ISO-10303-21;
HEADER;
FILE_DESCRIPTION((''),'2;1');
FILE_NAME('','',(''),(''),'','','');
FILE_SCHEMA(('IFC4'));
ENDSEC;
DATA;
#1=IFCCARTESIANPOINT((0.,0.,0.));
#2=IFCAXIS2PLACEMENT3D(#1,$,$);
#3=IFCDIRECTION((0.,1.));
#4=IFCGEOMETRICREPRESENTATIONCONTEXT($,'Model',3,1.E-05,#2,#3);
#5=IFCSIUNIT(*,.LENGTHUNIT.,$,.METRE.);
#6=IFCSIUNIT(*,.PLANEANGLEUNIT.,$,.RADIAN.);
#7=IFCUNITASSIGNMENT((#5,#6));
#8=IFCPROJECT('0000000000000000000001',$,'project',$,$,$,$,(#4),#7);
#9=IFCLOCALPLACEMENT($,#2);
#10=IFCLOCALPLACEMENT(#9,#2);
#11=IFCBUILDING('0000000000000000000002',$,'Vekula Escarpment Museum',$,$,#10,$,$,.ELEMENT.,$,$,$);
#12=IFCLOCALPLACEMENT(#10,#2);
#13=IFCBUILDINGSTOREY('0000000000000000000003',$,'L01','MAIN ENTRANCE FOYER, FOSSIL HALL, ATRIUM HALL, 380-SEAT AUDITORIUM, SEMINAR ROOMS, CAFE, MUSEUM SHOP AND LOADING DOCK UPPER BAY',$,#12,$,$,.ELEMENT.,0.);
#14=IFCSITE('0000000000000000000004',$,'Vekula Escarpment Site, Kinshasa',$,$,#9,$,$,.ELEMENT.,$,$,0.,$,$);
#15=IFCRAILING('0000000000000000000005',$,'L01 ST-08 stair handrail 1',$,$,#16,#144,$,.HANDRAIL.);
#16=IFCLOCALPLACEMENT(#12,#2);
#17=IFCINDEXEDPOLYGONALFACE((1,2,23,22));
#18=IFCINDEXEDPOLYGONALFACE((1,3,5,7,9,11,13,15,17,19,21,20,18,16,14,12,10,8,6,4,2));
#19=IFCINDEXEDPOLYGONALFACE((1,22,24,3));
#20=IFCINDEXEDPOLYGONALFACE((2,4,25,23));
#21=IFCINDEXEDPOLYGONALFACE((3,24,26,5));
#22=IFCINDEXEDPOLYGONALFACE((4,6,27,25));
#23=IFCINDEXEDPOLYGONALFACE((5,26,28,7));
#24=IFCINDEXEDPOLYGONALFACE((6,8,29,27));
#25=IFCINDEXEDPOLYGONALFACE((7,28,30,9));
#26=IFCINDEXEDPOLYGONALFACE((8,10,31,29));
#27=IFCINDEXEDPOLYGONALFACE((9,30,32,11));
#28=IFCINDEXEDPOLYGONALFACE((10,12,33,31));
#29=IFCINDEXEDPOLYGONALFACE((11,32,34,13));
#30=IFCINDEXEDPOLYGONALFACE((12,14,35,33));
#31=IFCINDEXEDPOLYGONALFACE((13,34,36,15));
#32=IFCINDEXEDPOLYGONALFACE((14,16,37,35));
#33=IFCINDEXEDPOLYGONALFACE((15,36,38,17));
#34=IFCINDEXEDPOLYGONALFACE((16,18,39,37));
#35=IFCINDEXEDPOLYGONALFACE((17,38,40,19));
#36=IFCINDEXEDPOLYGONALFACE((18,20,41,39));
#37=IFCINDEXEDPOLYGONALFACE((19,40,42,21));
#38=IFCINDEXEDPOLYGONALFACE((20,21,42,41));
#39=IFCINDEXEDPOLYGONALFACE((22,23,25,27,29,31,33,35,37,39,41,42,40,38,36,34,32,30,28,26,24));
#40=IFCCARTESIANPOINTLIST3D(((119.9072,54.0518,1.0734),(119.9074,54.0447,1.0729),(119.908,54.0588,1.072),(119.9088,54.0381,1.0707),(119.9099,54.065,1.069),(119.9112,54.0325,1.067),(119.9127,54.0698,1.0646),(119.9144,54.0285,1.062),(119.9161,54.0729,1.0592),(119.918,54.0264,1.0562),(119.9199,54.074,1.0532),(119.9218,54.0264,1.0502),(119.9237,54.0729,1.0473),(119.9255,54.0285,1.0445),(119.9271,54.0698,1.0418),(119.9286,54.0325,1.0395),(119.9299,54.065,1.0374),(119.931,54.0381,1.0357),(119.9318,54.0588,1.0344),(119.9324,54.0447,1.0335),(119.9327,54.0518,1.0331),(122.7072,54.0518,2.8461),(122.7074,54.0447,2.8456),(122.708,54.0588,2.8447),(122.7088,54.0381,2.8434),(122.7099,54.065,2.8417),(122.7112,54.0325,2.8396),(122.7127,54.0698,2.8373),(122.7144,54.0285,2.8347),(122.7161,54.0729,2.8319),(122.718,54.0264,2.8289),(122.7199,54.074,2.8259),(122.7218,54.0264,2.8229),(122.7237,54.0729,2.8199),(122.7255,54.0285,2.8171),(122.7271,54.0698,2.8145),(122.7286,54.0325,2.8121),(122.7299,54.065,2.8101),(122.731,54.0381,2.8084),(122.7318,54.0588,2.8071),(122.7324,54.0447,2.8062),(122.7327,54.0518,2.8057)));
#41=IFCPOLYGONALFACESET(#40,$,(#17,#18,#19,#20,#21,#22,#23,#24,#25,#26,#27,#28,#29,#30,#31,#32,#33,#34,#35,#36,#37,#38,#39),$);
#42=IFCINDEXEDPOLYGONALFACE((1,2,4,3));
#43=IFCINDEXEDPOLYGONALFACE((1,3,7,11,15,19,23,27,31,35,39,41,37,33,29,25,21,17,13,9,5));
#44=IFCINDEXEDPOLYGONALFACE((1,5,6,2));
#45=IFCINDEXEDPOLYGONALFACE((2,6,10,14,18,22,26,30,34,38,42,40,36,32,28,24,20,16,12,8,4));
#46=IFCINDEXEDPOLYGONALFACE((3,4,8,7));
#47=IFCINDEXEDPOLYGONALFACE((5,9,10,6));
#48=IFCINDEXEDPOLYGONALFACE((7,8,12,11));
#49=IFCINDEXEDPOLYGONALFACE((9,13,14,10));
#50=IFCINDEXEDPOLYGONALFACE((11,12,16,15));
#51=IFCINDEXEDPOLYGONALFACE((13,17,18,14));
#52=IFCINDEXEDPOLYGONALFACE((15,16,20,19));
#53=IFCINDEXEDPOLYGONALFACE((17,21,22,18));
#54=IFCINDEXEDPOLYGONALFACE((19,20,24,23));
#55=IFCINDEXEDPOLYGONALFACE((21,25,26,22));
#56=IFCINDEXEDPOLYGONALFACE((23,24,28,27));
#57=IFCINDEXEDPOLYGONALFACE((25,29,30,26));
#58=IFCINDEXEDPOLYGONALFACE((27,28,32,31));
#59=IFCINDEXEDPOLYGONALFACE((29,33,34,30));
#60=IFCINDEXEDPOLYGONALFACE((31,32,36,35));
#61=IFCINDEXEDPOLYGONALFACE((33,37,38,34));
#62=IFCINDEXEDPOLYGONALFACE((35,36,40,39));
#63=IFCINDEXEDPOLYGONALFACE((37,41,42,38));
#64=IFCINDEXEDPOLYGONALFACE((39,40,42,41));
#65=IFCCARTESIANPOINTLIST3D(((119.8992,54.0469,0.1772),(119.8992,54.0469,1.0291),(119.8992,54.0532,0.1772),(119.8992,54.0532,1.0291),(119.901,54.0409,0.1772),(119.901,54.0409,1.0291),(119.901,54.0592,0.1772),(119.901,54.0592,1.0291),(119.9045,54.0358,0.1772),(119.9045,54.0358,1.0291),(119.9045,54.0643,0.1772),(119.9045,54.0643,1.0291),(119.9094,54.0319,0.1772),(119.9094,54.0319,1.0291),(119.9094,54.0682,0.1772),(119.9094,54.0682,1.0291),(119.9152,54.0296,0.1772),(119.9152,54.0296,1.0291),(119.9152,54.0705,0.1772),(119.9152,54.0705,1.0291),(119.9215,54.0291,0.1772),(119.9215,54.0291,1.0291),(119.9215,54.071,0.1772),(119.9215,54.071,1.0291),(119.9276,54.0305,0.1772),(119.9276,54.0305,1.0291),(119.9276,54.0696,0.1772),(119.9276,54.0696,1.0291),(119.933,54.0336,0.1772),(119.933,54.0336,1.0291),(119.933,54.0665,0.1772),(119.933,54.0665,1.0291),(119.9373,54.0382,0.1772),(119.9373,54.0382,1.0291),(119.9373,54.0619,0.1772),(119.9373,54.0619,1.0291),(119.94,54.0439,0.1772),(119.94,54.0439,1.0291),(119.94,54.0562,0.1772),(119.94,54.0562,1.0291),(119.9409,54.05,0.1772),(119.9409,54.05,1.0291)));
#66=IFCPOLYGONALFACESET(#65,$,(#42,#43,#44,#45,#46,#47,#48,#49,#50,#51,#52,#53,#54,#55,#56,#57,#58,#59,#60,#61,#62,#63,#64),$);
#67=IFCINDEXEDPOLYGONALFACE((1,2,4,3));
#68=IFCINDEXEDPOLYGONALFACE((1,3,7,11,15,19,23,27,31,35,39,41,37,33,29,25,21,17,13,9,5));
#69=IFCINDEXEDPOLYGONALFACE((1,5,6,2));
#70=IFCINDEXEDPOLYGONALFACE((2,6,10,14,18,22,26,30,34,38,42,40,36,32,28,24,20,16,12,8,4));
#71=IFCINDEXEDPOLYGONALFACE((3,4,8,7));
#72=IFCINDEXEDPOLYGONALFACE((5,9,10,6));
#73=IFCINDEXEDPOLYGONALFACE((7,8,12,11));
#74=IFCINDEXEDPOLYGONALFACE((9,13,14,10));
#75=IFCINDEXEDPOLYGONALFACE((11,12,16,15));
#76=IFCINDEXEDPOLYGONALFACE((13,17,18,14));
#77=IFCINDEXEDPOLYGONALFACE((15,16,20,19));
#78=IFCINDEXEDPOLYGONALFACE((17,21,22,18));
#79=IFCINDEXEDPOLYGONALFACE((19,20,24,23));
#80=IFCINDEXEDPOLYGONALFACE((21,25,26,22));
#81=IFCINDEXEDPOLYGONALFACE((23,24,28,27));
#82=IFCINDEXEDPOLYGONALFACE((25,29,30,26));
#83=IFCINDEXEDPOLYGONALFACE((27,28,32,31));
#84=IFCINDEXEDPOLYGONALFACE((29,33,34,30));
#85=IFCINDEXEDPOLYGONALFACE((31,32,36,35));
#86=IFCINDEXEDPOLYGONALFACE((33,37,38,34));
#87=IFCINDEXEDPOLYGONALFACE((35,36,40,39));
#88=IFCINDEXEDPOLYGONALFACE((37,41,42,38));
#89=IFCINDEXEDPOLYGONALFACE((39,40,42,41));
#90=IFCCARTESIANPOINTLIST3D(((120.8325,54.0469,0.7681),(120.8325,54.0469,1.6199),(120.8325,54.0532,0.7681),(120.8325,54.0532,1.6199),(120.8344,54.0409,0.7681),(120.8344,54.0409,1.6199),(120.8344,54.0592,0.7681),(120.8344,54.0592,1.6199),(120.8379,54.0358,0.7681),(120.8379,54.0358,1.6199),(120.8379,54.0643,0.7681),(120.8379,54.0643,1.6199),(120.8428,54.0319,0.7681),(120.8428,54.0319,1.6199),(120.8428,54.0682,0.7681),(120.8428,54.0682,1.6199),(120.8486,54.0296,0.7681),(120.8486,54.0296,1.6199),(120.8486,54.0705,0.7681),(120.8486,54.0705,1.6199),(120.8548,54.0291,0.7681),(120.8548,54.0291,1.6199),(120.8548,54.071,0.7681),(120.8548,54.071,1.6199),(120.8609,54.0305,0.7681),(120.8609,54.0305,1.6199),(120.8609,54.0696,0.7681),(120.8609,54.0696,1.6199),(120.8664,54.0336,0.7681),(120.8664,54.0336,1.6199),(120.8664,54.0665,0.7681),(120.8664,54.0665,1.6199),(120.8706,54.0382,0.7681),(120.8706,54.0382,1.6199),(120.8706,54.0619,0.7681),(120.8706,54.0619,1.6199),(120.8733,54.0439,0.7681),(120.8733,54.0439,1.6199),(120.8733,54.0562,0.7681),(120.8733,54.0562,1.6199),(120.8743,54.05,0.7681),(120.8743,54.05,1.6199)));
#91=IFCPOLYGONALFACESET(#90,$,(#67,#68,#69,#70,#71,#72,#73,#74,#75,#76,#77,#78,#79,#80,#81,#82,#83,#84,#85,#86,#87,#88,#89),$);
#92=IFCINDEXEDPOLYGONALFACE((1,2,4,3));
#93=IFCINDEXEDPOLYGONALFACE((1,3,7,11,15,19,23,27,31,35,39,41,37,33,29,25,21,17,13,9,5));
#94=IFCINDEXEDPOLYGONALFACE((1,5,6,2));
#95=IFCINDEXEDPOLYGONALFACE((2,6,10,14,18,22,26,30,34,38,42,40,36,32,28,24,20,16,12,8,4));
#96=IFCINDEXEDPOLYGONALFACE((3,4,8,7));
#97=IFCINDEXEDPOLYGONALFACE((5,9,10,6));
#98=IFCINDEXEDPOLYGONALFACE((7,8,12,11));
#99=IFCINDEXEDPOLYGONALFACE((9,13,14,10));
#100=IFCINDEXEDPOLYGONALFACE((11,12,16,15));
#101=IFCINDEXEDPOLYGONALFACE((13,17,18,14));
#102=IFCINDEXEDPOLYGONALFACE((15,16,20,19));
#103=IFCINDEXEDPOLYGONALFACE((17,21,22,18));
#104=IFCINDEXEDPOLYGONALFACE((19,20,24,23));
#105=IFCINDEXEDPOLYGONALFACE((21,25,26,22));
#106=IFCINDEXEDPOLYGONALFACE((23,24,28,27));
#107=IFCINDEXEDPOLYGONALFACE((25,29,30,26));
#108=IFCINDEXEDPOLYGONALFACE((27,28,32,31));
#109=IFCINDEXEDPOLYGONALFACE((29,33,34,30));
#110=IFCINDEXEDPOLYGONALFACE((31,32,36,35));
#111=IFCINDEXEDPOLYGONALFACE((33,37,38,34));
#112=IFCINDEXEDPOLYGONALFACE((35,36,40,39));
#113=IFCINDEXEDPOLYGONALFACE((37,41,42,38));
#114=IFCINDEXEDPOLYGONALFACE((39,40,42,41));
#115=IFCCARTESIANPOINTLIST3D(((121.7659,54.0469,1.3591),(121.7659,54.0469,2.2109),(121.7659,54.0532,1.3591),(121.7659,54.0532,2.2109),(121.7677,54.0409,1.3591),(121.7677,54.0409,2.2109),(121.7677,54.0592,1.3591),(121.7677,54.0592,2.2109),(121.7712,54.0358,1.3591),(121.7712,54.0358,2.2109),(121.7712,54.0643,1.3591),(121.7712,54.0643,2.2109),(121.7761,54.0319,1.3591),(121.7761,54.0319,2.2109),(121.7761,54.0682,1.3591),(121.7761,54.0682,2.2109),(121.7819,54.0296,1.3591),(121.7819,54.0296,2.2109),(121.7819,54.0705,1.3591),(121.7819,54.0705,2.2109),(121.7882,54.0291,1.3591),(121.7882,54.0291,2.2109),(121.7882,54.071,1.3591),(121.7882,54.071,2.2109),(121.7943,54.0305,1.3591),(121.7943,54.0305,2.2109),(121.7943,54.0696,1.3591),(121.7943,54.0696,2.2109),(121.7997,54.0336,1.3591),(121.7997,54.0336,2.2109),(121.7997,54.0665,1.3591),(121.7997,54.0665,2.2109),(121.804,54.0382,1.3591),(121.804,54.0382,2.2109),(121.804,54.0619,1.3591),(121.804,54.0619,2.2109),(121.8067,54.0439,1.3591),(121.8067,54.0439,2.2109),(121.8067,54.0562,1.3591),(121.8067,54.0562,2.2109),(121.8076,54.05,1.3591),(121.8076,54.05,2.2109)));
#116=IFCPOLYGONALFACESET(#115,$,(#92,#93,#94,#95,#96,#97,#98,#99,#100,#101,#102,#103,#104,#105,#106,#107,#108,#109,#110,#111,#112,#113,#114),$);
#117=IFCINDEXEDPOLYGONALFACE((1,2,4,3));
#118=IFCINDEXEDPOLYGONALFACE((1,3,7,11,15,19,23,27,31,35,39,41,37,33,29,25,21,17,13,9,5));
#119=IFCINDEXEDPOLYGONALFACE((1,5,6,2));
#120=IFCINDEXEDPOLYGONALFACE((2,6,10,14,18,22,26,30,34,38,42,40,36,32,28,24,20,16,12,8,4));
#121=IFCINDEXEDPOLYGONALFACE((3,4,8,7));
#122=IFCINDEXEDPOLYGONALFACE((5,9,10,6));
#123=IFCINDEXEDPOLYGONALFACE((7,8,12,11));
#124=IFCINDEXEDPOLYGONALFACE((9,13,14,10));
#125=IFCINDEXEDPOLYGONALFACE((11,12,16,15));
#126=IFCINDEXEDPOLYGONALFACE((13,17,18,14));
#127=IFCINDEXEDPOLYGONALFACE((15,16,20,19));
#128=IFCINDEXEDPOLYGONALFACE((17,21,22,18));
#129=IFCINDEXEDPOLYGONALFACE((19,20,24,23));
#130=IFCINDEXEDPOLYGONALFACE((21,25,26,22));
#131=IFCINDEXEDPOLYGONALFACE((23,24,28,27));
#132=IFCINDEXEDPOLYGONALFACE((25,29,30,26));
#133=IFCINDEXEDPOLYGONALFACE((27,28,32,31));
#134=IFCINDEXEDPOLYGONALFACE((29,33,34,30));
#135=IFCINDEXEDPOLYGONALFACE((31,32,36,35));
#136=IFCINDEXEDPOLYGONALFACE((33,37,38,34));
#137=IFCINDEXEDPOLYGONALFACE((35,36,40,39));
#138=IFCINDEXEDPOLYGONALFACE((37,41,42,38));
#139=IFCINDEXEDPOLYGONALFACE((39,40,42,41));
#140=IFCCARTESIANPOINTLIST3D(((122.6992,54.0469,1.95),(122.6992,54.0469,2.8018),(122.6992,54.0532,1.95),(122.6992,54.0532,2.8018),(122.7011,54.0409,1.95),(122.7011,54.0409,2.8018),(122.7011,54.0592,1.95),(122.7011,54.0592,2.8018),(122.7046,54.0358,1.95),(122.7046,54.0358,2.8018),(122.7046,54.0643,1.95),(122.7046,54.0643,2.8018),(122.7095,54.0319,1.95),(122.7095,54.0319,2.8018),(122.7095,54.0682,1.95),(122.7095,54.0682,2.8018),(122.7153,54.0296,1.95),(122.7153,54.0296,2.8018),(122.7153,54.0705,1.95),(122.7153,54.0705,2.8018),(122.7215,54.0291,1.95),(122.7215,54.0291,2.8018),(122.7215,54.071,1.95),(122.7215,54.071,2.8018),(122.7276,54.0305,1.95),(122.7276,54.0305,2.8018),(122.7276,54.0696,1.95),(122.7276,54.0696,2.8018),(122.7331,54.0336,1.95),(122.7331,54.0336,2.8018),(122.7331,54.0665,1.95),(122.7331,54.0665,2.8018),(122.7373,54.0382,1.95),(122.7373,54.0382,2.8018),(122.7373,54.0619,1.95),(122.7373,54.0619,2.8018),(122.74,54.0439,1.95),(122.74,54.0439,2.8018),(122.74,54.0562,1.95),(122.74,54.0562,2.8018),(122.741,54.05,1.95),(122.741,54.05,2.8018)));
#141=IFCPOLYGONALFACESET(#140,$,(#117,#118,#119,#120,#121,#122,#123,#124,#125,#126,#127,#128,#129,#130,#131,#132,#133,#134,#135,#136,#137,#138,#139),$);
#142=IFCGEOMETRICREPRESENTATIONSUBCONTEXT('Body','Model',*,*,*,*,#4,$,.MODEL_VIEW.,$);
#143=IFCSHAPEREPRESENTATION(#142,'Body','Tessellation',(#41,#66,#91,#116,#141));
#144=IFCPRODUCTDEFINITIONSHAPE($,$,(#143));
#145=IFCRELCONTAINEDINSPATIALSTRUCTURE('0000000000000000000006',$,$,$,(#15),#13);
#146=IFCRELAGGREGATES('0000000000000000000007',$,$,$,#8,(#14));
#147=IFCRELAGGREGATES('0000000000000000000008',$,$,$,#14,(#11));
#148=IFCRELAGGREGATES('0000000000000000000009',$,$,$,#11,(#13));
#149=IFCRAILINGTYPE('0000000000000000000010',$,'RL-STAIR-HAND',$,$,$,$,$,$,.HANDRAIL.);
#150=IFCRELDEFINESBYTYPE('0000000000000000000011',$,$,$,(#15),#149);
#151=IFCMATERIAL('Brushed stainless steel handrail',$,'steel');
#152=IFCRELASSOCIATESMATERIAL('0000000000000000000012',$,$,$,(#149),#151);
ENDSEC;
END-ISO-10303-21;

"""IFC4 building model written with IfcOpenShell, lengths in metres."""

from ifc_helpers import new_model, si_unit, direction, frame, origin, origin_2d, place, context, subcontext, project, spatial, circle, extrude, material, type_object, element, save


model = new_model("IFC4")

# Units and contexts
model_context = context("Model", 3, precision=1e-05, world=origin(), true_north=direction((0.0, 1.0)))
body_context = subcontext(model_context, "Body", "Model", "MODEL_VIEW")
ifc_project = project(units=[si_unit("LENGTHUNIT", "METRE"), si_unit("PLANEANGLEUNIT", "RADIAN")], contexts=[model_context])

# Site, building, storey
site_placement = place(None, origin())
site = spatial("IfcSite", under=ifc_project, at=site_placement, Name="Vekula Escarpment Site, Kinshasa", CompositionType="ELEMENT", RefElevation=0.0)
building_placement = place(site_placement, origin())
building = spatial("IfcBuilding", under=site, at=building_placement, Name="Vekula Escarpment Museum", CompositionType="ELEMENT")
storey_placement = place(building_placement, origin())
storey = spatial("IfcBuildingStorey", under=building, at=storey_placement, Name="L01", Description="MAIN ENTRANCE FOYER, FOSSIL HALL, ATRIUM HALL, 380-SEAT AUDITORIUM, SEMINAR ROOMS, CAFE, MUSEUM SHOP AND LOADING DOCK UPPER BAY", CompositionType="ELEMENT", Elevation=0.0)

# Railing
ifc_material_1 = material(Name="Brushed stainless steel handrail", Category="steel")
railing_type_1 = type_object("IfcRailingType", Name="RL-STAIR-HAND", PredefinedType="HANDRAIL", material=ifc_material_1)
for number, where, name in (
    (1, (119.9199, 54.05, 0.1772), "L01 ST-08 stair handrail 1"),
):
    element("IfcRailing", number, at=place(storey_placement, frame(where)), inside=storey, type_object=railing_type_1, Name=name, PredefinedType="HANDRAIL", context=body_context, shape_type="SweptSolid", body=[
        extrude(circle(Radius=0.0239, at=origin_2d()), frame((0.0, 0.0, 0.876), z_axis=(0.844909, 0.0, 0.53491), x_axis=(0.0, 1.0, 0.0)), (0.0, 0.0, 1.0), 3.314),
        extrude(circle(Radius=0.021, at=origin_2d()), origin(), (0.0, 0.0, 1.0), 0.8518),
        extrude(circle(Radius=0.021, at=origin_2d()), frame((0.9333, 0.0, 0.5908)), (0.0, 0.0, 1.0), 0.8518),
        extrude(circle(Radius=0.021, at=origin_2d()), frame((1.8667, 0.0, 1.1819)), (0.0, 0.0, 1.0), 0.8518),
        extrude(circle(Radius=0.021, at=origin_2d()), frame((2.8, 0.0, 1.7727)), (0.0, 0.0, 1.0), 0.8518),
    ])

save(model, "model.ifc")
